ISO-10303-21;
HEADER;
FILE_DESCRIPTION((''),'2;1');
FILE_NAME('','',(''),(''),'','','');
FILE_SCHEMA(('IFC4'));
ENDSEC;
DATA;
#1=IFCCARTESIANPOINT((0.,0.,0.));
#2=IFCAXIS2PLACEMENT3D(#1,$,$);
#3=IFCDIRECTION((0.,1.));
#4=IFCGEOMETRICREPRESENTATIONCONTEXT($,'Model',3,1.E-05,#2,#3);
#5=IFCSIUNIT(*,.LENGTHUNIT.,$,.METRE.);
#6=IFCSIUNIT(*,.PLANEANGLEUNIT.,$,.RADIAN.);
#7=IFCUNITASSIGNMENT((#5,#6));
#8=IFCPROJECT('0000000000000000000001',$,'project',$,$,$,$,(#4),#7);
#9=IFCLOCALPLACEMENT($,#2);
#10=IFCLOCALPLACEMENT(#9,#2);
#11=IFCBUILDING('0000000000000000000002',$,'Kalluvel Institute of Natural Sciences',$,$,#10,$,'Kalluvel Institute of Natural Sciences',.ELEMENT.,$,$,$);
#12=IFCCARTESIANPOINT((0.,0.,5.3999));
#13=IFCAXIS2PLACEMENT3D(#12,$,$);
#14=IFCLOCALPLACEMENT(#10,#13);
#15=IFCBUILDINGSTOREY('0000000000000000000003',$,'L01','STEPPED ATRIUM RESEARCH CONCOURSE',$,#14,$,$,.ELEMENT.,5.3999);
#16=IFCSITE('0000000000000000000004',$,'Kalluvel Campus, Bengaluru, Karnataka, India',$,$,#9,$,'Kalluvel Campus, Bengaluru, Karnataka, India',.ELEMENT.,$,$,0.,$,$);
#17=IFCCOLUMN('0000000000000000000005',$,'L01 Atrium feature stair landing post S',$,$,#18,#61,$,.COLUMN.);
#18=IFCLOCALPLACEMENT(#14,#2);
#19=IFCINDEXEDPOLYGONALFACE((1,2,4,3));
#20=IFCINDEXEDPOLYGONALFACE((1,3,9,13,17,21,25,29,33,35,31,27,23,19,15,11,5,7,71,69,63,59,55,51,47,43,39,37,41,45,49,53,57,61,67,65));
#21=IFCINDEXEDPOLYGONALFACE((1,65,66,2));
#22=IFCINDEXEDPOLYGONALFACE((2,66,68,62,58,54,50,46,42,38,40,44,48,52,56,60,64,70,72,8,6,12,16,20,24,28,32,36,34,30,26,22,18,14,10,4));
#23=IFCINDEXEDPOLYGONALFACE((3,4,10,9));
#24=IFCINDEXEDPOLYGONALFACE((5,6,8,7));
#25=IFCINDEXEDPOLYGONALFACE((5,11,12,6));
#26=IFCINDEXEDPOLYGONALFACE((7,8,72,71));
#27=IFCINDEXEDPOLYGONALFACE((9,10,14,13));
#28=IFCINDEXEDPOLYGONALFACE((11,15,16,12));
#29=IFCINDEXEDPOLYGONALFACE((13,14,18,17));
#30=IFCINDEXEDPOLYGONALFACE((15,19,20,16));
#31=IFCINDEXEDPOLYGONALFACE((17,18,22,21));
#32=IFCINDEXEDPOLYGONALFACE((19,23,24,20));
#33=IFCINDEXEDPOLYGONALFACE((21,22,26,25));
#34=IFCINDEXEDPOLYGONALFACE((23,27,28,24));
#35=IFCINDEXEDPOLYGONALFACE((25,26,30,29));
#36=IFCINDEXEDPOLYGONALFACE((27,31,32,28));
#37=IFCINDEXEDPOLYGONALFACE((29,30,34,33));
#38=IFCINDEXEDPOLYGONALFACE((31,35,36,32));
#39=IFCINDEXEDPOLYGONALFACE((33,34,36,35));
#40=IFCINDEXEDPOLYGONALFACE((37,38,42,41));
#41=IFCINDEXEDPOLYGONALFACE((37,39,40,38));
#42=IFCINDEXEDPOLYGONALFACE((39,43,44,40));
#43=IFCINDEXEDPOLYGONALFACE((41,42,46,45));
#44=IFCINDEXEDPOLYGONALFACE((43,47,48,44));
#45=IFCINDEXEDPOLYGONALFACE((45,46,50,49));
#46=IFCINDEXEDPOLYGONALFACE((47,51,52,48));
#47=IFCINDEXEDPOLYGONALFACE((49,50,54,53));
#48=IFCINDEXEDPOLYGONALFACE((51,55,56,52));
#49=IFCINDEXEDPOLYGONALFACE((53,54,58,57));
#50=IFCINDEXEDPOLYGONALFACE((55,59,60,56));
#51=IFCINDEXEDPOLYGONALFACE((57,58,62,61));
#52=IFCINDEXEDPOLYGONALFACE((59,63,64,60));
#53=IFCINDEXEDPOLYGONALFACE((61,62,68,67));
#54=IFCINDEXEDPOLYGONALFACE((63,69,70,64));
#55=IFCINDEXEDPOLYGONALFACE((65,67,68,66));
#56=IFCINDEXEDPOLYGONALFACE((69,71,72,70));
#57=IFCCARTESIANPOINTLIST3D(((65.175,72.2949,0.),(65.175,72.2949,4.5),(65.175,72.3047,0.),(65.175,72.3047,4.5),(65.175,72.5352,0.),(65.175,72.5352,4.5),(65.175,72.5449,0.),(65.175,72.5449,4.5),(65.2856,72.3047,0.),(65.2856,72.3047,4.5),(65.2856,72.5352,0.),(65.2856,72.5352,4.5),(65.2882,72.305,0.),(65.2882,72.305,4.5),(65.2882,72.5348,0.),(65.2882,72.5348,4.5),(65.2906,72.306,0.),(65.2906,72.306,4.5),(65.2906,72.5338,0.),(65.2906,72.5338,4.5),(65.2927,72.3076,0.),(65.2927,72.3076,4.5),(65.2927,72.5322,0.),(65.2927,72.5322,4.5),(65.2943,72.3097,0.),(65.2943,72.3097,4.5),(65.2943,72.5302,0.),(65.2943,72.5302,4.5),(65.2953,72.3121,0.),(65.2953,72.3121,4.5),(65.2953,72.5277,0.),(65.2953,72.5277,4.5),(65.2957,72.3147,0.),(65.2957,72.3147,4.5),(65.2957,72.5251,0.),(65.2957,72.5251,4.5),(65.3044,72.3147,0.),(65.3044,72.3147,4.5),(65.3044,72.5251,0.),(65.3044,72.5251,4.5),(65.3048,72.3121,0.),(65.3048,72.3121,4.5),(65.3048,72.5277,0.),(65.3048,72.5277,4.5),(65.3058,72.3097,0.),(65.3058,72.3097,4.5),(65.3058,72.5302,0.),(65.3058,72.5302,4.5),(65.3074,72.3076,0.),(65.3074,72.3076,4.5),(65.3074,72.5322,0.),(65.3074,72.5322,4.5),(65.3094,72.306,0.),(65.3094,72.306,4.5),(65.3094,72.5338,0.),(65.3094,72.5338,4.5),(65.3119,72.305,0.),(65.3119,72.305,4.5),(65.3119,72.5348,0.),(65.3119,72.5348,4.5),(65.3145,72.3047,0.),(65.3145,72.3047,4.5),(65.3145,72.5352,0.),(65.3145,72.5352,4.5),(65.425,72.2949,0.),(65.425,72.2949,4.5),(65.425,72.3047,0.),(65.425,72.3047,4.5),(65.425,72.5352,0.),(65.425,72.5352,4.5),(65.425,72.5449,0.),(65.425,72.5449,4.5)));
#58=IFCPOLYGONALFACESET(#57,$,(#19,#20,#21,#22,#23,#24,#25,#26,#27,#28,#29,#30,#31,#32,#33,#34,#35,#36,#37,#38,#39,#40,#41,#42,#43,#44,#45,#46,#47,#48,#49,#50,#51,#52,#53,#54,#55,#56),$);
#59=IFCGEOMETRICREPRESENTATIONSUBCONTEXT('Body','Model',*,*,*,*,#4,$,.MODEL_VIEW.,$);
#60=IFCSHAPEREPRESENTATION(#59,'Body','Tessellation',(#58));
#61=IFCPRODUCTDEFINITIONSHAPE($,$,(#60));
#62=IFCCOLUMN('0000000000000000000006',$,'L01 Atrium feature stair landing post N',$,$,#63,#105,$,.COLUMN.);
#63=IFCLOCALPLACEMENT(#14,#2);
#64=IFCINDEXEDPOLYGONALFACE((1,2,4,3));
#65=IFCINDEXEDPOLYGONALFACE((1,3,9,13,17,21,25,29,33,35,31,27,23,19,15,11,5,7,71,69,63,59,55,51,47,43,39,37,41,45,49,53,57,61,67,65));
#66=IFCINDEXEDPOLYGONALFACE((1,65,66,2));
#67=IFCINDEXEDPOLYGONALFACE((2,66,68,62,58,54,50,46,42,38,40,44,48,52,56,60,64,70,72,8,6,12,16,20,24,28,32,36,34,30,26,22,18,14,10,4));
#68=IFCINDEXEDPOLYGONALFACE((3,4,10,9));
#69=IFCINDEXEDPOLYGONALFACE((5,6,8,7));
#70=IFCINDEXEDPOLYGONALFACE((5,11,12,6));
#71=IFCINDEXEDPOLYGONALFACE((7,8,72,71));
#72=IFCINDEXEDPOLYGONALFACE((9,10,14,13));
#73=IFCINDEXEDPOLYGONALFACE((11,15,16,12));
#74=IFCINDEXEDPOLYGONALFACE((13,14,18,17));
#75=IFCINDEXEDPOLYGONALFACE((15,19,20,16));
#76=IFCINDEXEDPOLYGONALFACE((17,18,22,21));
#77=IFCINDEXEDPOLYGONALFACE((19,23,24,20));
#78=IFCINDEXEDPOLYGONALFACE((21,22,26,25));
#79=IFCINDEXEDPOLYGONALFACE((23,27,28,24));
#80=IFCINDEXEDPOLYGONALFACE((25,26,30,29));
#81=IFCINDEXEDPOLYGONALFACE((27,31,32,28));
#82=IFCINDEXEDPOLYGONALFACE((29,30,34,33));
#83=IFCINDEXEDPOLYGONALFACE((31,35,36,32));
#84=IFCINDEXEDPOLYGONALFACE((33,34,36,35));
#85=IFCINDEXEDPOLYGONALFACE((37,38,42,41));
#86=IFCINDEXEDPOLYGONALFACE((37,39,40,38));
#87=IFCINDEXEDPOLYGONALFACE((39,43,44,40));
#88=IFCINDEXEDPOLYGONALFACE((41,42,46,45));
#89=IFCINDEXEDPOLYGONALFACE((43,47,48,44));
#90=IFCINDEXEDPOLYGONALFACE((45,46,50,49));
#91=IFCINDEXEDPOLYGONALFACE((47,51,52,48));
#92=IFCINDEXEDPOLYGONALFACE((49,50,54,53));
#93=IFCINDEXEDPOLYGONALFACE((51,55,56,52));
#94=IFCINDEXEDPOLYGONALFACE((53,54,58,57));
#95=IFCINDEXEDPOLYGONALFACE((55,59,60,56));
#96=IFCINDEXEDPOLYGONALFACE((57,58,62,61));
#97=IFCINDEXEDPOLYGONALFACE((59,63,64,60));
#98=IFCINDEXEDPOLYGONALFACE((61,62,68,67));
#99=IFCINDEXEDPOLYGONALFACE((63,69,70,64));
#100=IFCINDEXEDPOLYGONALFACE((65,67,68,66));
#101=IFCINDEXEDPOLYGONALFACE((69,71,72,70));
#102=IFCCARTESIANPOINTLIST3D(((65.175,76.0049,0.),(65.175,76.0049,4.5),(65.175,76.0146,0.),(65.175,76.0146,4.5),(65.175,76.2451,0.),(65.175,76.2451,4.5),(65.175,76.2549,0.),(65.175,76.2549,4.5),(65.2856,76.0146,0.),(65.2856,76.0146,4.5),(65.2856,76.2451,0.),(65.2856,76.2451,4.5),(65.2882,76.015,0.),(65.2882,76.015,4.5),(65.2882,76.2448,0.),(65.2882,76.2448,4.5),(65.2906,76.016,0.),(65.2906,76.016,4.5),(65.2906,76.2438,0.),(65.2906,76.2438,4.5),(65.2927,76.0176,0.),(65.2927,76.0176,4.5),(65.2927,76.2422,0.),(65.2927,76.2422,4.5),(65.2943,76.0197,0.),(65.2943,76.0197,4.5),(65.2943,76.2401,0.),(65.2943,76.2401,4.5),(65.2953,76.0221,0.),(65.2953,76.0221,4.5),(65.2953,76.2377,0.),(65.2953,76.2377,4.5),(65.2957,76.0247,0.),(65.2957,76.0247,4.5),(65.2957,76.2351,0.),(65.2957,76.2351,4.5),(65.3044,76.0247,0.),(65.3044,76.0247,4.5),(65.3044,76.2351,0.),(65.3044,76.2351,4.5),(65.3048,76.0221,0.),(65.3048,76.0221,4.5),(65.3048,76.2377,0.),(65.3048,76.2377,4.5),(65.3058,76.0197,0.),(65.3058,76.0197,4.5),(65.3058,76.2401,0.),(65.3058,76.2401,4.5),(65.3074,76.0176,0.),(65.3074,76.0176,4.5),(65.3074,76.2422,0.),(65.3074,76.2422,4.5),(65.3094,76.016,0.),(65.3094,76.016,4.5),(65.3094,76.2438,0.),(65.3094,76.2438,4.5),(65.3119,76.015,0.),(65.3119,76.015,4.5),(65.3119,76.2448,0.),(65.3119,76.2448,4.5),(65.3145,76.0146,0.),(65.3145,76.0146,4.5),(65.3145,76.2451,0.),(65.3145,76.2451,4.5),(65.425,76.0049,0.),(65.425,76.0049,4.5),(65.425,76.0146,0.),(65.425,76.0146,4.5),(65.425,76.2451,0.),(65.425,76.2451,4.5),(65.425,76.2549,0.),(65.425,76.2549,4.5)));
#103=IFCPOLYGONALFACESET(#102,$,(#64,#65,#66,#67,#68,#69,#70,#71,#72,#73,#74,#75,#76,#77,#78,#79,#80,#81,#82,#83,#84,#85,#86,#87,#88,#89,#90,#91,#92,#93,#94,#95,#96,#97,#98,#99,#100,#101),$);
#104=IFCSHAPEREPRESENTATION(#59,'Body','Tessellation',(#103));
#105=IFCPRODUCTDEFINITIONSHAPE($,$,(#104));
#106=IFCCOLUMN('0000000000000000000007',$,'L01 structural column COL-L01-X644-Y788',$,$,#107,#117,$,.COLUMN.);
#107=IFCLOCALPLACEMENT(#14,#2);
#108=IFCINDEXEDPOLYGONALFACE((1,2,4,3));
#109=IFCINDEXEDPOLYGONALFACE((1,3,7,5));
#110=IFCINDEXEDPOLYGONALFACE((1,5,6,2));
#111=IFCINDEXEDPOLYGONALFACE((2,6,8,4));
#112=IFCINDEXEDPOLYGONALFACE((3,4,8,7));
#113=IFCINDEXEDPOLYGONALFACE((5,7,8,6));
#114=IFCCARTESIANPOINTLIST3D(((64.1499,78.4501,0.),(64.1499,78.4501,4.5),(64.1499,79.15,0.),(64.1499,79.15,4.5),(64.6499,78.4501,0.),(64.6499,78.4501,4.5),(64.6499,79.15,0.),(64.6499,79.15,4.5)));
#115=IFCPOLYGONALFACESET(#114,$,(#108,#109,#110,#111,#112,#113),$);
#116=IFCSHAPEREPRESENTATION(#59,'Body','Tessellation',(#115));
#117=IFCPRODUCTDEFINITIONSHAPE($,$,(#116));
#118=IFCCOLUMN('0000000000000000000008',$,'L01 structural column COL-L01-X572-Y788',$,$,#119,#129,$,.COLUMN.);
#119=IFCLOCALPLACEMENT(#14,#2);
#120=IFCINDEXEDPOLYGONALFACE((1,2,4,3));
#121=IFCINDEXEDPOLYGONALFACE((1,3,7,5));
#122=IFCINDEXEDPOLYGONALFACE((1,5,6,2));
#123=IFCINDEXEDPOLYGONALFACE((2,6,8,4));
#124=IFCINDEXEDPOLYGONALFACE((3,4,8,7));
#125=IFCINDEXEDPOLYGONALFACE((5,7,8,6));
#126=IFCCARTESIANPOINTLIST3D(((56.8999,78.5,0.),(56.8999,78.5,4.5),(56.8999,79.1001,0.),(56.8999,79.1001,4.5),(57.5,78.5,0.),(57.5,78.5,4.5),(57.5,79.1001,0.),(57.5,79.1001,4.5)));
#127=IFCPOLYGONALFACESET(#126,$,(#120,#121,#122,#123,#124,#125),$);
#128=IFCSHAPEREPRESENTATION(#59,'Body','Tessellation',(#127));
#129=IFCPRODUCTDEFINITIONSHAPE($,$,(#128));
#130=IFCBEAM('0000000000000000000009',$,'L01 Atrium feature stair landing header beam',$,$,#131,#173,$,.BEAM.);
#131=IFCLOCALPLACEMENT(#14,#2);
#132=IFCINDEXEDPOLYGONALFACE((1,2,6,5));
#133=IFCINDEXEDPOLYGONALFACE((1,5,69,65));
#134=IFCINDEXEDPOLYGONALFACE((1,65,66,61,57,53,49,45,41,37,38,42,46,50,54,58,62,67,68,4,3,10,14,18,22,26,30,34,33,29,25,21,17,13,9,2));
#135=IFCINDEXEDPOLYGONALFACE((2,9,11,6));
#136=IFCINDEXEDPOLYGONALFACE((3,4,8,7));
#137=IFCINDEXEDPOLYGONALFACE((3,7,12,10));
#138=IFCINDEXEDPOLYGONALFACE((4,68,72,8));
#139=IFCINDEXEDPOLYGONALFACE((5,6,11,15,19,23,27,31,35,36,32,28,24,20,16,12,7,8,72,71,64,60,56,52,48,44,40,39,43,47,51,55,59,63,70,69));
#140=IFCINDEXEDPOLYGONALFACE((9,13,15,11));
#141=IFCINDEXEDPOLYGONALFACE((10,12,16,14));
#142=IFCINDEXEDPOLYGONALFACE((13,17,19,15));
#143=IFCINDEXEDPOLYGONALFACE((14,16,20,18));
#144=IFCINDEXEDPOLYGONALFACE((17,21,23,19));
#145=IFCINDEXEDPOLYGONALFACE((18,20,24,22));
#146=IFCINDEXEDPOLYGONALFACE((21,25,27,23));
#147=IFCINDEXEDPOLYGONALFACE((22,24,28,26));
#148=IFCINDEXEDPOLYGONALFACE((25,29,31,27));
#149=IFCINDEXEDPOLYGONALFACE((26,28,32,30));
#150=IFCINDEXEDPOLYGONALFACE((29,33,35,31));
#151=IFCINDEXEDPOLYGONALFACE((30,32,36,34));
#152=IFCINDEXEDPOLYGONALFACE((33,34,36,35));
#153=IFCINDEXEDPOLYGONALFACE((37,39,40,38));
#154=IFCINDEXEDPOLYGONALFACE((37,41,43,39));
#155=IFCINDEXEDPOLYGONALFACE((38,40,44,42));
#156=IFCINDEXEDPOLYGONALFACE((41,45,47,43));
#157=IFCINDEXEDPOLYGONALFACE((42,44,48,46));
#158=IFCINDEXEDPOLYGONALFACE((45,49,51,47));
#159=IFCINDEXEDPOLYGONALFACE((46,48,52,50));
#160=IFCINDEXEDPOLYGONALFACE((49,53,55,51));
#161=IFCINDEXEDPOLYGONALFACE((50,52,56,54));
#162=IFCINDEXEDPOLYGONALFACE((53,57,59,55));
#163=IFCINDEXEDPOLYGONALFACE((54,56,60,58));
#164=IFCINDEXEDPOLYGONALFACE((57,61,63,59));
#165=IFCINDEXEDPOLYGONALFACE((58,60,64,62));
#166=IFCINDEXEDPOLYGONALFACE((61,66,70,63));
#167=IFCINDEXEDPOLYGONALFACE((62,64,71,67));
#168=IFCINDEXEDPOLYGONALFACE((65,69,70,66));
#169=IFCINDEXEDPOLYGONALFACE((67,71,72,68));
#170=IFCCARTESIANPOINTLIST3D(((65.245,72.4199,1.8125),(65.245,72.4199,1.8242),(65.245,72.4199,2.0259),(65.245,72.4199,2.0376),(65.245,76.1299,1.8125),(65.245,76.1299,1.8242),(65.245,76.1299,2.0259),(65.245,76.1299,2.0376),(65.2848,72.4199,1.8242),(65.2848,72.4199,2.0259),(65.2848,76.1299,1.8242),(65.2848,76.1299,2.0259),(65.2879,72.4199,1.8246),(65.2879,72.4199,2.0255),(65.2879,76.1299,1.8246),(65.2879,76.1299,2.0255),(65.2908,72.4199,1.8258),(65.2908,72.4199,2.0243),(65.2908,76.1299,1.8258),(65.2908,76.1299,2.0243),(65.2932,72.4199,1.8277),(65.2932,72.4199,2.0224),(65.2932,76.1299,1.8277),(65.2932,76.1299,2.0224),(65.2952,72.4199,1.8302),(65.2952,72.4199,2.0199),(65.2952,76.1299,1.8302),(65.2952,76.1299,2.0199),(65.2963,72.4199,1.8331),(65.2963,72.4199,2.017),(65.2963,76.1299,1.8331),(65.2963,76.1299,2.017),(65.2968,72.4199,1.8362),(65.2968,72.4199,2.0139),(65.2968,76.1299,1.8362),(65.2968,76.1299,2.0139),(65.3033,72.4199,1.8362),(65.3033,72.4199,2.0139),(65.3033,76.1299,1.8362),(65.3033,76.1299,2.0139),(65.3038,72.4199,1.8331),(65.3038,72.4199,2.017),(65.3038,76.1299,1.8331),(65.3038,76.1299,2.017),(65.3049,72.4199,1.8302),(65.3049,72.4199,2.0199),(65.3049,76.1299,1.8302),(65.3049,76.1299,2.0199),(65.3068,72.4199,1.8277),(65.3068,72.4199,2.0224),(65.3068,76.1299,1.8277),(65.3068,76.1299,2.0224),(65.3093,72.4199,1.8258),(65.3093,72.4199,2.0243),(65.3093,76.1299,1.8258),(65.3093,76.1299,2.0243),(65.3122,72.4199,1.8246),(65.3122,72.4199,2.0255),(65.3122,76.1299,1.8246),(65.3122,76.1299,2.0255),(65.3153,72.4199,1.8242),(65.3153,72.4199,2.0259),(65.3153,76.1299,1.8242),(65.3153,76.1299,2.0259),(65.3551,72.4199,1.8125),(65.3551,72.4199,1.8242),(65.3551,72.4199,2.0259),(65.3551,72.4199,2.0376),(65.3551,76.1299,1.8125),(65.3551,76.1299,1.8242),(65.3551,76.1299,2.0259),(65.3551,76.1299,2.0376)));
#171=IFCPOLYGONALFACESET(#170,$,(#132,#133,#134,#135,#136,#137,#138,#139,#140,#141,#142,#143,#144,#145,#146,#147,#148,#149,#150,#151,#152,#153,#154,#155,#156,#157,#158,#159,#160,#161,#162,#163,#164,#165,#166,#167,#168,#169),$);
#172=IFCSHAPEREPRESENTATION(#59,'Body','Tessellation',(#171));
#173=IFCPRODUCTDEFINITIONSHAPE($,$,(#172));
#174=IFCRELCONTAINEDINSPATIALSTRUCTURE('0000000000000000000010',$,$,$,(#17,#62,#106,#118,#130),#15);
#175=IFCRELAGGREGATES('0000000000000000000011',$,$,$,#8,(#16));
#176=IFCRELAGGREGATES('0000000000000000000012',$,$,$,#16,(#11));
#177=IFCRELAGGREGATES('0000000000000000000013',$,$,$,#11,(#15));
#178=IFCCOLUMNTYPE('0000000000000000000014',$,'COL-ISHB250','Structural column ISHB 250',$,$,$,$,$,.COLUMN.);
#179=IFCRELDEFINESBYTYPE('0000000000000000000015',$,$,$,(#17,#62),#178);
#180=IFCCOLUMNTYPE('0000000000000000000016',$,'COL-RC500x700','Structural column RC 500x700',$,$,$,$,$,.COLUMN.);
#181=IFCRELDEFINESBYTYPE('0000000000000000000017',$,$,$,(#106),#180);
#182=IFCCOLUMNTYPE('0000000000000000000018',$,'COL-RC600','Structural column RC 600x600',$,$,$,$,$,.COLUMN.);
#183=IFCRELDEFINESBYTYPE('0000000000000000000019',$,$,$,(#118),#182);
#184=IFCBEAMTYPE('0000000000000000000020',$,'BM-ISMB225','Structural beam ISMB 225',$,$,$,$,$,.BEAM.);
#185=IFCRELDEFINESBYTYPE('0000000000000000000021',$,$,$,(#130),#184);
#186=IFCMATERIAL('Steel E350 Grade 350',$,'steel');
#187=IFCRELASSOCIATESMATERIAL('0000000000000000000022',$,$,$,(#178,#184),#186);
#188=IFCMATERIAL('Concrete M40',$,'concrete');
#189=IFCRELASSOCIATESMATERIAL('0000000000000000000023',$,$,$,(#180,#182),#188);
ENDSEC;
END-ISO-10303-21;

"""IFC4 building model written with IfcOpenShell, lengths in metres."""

from ifc_helpers import new_model, si_unit, direction, frame, origin, origin_2d, place, context, subcontext, project, spatial, rectangle, i_section, extrude, material, material_profile, profile_set, type_object, element, save


model = new_model("IFC4")

# Units and contexts
model_context = context("Model", 3, precision=1e-05, world=origin(), true_north=direction((0.0, 1.0)))
body_context = subcontext(model_context, "Body", "Model", "MODEL_VIEW")
ifc_project = project(units=[si_unit("LENGTHUNIT", "METRE"), si_unit("PLANEANGLEUNIT", "RADIAN")], contexts=[model_context])

# Site, building, storey
site_placement = place(None, origin())
site = spatial("IfcSite", under=ifc_project, at=site_placement, Name="Kalluvel Campus, Bengaluru, Karnataka, India", LongName="Kalluvel Campus, Bengaluru, Karnataka, India", CompositionType="ELEMENT", RefElevation=0.0)
building_placement = place(site_placement, origin())
building = spatial("IfcBuilding", under=site, at=building_placement, Name="Kalluvel Institute of Natural Sciences", LongName="Kalluvel Institute of Natural Sciences", CompositionType="ELEMENT")
storey_placement = place(building_placement, frame((0.0, 0.0, 5.3999)))
storey = spatial("IfcBuildingStorey", under=building, at=storey_placement, Name="L01", Description="STEPPED ATRIUM RESEARCH CONCOURSE", CompositionType="ELEMENT", Elevation=5.3999)

# Columns
ifc_material_1 = material(Name="Steel E350 Grade 350", Category="steel")
ifc_material_profile_1 = material_profile(ifc_material_1, i_section(OverallWidth=0.25, OverallDepth=0.25, WebThickness=0.0088, FlangeThickness=0.0098, FilletRadius=0.01, at=origin_2d()), Name="ISHB 250")
ifc_profile_set_1 = profile_set([ifc_material_profile_1], Name="Steel E350 Grade 350")
column_type_1 = type_object("IfcColumnType", Name="COL-ISHB250", Description="Structural column ISHB 250", PredefinedType="COLUMN", material=ifc_profile_set_1)
for number, where, z_axis, x_axis, name in (
    (1, (65.3, 72.4199, 0.0), (0.0, 0.0, 1.0), (1.0, 0.0, 0.0), "L01 Atrium feature stair landing post S"),
    (2, (65.3, 76.1299, 0.0), (0.0, 0.0, 1.0), (1.0, 0.0, 0.0), "L01 Atrium feature stair landing post N"),
):
    element("IfcColumn", number, at=place(storey_placement, frame(where, z_axis=z_axis, x_axis=x_axis)), inside=storey, type_object=column_type_1, Name=name, PredefinedType="COLUMN", context=body_context, shape_type="SweptSolid", body=[
        extrude(i_section(OverallWidth=0.25, OverallDepth=0.25, WebThickness=0.0088, FlangeThickness=0.0098, FilletRadius=0.01, at=origin_2d()), origin(), (0.0, 0.0, 1.0), 4.5),
    ])
ifc_material_2 = material(Name="Concrete M40", Category="concrete")
ifc_material_profile_2 = material_profile(ifc_material_2, rectangle(XDim=0.5, YDim=0.7, at=origin_2d()), Name="RC 500x700")
ifc_profile_set_2 = profile_set([ifc_material_profile_2], Name="Concrete M40")
column_type_2 = type_object("IfcColumnType", Name="COL-RC500x700", Description="Structural column RC 500x700", PredefinedType="COLUMN", material=ifc_profile_set_2)
column_1_placement = place(storey_placement, frame((64.3999, 78.8, 0.0), z_axis=(0.0, 0.0, 1.0), x_axis=(1.0, 0.0, 0.0)))
element("IfcColumn", 3, at=column_1_placement, inside=storey, type_object=column_type_2, Name="L01 structural column COL-L01-X644-Y788", PredefinedType="COLUMN", context=body_context, shape_type="SweptSolid", body=[
    extrude(rectangle(XDim=0.5, YDim=0.7, at=origin_2d()), origin(), (0.0, 0.0, 1.0), 4.5),
])
ifc_material_profile_3 = material_profile(ifc_material_2, rectangle(XDim=0.6001, YDim=0.6001, at=origin_2d()), Name="RC 600x600")
ifc_profile_set_3 = profile_set([ifc_material_profile_3], Name="Concrete M40")
column_type_3 = type_object("IfcColumnType", Name="COL-RC600", Description="Structural column RC 600x600", PredefinedType="COLUMN", material=ifc_profile_set_3)
column_2_placement = place(storey_placement, frame((57.2, 78.8, 0.0), z_axis=(0.0, 0.0, 1.0), x_axis=(1.0, 0.0, 0.0)))
element("IfcColumn", 4, at=column_2_placement, inside=storey, type_object=column_type_3, Name="L01 structural column COL-L01-X572-Y788", PredefinedType="COLUMN", context=body_context, shape_type="SweptSolid", body=[
    extrude(rectangle(XDim=0.6001, YDim=0.6001, at=origin_2d()), origin(), (0.0, 0.0, 1.0), 4.5),
])

# Beam
ifc_material_profile_4 = material_profile(ifc_material_1, i_section(OverallWidth=0.1101, OverallDepth=0.2251, WebThickness=0.0066, FlangeThickness=0.0117, FilletRadius=0.012, at=origin_2d()), Name="ISMB 225")
ifc_profile_set_4 = profile_set([ifc_material_profile_4], Name="Steel E350 Grade 350")
beam_type_1 = type_object("IfcBeamType", Name="BM-ISMB225", Description="Structural beam ISMB 225", PredefinedType="BEAM", material=ifc_profile_set_4)
beam_1_placement = place(storey_placement, frame((65.3, 72.4199, 1.925), z_axis=(0.0, 1.0, 0.0), x_axis=(-1.0, 0.0, 0.0)))
element("IfcBeam", 5, at=beam_1_placement, inside=storey, type_object=beam_type_1, Name="L01 Atrium feature stair landing header beam", PredefinedType="BEAM", context=body_context, shape_type="SweptSolid", body=[
    extrude(i_section(OverallWidth=0.1101, OverallDepth=0.2251, WebThickness=0.0066, FlangeThickness=0.0117, FilletRadius=0.012, at=origin_2d()), origin(), (0.0, 0.0, 1.0), 3.71),
])

save(model, "model.ifc")
